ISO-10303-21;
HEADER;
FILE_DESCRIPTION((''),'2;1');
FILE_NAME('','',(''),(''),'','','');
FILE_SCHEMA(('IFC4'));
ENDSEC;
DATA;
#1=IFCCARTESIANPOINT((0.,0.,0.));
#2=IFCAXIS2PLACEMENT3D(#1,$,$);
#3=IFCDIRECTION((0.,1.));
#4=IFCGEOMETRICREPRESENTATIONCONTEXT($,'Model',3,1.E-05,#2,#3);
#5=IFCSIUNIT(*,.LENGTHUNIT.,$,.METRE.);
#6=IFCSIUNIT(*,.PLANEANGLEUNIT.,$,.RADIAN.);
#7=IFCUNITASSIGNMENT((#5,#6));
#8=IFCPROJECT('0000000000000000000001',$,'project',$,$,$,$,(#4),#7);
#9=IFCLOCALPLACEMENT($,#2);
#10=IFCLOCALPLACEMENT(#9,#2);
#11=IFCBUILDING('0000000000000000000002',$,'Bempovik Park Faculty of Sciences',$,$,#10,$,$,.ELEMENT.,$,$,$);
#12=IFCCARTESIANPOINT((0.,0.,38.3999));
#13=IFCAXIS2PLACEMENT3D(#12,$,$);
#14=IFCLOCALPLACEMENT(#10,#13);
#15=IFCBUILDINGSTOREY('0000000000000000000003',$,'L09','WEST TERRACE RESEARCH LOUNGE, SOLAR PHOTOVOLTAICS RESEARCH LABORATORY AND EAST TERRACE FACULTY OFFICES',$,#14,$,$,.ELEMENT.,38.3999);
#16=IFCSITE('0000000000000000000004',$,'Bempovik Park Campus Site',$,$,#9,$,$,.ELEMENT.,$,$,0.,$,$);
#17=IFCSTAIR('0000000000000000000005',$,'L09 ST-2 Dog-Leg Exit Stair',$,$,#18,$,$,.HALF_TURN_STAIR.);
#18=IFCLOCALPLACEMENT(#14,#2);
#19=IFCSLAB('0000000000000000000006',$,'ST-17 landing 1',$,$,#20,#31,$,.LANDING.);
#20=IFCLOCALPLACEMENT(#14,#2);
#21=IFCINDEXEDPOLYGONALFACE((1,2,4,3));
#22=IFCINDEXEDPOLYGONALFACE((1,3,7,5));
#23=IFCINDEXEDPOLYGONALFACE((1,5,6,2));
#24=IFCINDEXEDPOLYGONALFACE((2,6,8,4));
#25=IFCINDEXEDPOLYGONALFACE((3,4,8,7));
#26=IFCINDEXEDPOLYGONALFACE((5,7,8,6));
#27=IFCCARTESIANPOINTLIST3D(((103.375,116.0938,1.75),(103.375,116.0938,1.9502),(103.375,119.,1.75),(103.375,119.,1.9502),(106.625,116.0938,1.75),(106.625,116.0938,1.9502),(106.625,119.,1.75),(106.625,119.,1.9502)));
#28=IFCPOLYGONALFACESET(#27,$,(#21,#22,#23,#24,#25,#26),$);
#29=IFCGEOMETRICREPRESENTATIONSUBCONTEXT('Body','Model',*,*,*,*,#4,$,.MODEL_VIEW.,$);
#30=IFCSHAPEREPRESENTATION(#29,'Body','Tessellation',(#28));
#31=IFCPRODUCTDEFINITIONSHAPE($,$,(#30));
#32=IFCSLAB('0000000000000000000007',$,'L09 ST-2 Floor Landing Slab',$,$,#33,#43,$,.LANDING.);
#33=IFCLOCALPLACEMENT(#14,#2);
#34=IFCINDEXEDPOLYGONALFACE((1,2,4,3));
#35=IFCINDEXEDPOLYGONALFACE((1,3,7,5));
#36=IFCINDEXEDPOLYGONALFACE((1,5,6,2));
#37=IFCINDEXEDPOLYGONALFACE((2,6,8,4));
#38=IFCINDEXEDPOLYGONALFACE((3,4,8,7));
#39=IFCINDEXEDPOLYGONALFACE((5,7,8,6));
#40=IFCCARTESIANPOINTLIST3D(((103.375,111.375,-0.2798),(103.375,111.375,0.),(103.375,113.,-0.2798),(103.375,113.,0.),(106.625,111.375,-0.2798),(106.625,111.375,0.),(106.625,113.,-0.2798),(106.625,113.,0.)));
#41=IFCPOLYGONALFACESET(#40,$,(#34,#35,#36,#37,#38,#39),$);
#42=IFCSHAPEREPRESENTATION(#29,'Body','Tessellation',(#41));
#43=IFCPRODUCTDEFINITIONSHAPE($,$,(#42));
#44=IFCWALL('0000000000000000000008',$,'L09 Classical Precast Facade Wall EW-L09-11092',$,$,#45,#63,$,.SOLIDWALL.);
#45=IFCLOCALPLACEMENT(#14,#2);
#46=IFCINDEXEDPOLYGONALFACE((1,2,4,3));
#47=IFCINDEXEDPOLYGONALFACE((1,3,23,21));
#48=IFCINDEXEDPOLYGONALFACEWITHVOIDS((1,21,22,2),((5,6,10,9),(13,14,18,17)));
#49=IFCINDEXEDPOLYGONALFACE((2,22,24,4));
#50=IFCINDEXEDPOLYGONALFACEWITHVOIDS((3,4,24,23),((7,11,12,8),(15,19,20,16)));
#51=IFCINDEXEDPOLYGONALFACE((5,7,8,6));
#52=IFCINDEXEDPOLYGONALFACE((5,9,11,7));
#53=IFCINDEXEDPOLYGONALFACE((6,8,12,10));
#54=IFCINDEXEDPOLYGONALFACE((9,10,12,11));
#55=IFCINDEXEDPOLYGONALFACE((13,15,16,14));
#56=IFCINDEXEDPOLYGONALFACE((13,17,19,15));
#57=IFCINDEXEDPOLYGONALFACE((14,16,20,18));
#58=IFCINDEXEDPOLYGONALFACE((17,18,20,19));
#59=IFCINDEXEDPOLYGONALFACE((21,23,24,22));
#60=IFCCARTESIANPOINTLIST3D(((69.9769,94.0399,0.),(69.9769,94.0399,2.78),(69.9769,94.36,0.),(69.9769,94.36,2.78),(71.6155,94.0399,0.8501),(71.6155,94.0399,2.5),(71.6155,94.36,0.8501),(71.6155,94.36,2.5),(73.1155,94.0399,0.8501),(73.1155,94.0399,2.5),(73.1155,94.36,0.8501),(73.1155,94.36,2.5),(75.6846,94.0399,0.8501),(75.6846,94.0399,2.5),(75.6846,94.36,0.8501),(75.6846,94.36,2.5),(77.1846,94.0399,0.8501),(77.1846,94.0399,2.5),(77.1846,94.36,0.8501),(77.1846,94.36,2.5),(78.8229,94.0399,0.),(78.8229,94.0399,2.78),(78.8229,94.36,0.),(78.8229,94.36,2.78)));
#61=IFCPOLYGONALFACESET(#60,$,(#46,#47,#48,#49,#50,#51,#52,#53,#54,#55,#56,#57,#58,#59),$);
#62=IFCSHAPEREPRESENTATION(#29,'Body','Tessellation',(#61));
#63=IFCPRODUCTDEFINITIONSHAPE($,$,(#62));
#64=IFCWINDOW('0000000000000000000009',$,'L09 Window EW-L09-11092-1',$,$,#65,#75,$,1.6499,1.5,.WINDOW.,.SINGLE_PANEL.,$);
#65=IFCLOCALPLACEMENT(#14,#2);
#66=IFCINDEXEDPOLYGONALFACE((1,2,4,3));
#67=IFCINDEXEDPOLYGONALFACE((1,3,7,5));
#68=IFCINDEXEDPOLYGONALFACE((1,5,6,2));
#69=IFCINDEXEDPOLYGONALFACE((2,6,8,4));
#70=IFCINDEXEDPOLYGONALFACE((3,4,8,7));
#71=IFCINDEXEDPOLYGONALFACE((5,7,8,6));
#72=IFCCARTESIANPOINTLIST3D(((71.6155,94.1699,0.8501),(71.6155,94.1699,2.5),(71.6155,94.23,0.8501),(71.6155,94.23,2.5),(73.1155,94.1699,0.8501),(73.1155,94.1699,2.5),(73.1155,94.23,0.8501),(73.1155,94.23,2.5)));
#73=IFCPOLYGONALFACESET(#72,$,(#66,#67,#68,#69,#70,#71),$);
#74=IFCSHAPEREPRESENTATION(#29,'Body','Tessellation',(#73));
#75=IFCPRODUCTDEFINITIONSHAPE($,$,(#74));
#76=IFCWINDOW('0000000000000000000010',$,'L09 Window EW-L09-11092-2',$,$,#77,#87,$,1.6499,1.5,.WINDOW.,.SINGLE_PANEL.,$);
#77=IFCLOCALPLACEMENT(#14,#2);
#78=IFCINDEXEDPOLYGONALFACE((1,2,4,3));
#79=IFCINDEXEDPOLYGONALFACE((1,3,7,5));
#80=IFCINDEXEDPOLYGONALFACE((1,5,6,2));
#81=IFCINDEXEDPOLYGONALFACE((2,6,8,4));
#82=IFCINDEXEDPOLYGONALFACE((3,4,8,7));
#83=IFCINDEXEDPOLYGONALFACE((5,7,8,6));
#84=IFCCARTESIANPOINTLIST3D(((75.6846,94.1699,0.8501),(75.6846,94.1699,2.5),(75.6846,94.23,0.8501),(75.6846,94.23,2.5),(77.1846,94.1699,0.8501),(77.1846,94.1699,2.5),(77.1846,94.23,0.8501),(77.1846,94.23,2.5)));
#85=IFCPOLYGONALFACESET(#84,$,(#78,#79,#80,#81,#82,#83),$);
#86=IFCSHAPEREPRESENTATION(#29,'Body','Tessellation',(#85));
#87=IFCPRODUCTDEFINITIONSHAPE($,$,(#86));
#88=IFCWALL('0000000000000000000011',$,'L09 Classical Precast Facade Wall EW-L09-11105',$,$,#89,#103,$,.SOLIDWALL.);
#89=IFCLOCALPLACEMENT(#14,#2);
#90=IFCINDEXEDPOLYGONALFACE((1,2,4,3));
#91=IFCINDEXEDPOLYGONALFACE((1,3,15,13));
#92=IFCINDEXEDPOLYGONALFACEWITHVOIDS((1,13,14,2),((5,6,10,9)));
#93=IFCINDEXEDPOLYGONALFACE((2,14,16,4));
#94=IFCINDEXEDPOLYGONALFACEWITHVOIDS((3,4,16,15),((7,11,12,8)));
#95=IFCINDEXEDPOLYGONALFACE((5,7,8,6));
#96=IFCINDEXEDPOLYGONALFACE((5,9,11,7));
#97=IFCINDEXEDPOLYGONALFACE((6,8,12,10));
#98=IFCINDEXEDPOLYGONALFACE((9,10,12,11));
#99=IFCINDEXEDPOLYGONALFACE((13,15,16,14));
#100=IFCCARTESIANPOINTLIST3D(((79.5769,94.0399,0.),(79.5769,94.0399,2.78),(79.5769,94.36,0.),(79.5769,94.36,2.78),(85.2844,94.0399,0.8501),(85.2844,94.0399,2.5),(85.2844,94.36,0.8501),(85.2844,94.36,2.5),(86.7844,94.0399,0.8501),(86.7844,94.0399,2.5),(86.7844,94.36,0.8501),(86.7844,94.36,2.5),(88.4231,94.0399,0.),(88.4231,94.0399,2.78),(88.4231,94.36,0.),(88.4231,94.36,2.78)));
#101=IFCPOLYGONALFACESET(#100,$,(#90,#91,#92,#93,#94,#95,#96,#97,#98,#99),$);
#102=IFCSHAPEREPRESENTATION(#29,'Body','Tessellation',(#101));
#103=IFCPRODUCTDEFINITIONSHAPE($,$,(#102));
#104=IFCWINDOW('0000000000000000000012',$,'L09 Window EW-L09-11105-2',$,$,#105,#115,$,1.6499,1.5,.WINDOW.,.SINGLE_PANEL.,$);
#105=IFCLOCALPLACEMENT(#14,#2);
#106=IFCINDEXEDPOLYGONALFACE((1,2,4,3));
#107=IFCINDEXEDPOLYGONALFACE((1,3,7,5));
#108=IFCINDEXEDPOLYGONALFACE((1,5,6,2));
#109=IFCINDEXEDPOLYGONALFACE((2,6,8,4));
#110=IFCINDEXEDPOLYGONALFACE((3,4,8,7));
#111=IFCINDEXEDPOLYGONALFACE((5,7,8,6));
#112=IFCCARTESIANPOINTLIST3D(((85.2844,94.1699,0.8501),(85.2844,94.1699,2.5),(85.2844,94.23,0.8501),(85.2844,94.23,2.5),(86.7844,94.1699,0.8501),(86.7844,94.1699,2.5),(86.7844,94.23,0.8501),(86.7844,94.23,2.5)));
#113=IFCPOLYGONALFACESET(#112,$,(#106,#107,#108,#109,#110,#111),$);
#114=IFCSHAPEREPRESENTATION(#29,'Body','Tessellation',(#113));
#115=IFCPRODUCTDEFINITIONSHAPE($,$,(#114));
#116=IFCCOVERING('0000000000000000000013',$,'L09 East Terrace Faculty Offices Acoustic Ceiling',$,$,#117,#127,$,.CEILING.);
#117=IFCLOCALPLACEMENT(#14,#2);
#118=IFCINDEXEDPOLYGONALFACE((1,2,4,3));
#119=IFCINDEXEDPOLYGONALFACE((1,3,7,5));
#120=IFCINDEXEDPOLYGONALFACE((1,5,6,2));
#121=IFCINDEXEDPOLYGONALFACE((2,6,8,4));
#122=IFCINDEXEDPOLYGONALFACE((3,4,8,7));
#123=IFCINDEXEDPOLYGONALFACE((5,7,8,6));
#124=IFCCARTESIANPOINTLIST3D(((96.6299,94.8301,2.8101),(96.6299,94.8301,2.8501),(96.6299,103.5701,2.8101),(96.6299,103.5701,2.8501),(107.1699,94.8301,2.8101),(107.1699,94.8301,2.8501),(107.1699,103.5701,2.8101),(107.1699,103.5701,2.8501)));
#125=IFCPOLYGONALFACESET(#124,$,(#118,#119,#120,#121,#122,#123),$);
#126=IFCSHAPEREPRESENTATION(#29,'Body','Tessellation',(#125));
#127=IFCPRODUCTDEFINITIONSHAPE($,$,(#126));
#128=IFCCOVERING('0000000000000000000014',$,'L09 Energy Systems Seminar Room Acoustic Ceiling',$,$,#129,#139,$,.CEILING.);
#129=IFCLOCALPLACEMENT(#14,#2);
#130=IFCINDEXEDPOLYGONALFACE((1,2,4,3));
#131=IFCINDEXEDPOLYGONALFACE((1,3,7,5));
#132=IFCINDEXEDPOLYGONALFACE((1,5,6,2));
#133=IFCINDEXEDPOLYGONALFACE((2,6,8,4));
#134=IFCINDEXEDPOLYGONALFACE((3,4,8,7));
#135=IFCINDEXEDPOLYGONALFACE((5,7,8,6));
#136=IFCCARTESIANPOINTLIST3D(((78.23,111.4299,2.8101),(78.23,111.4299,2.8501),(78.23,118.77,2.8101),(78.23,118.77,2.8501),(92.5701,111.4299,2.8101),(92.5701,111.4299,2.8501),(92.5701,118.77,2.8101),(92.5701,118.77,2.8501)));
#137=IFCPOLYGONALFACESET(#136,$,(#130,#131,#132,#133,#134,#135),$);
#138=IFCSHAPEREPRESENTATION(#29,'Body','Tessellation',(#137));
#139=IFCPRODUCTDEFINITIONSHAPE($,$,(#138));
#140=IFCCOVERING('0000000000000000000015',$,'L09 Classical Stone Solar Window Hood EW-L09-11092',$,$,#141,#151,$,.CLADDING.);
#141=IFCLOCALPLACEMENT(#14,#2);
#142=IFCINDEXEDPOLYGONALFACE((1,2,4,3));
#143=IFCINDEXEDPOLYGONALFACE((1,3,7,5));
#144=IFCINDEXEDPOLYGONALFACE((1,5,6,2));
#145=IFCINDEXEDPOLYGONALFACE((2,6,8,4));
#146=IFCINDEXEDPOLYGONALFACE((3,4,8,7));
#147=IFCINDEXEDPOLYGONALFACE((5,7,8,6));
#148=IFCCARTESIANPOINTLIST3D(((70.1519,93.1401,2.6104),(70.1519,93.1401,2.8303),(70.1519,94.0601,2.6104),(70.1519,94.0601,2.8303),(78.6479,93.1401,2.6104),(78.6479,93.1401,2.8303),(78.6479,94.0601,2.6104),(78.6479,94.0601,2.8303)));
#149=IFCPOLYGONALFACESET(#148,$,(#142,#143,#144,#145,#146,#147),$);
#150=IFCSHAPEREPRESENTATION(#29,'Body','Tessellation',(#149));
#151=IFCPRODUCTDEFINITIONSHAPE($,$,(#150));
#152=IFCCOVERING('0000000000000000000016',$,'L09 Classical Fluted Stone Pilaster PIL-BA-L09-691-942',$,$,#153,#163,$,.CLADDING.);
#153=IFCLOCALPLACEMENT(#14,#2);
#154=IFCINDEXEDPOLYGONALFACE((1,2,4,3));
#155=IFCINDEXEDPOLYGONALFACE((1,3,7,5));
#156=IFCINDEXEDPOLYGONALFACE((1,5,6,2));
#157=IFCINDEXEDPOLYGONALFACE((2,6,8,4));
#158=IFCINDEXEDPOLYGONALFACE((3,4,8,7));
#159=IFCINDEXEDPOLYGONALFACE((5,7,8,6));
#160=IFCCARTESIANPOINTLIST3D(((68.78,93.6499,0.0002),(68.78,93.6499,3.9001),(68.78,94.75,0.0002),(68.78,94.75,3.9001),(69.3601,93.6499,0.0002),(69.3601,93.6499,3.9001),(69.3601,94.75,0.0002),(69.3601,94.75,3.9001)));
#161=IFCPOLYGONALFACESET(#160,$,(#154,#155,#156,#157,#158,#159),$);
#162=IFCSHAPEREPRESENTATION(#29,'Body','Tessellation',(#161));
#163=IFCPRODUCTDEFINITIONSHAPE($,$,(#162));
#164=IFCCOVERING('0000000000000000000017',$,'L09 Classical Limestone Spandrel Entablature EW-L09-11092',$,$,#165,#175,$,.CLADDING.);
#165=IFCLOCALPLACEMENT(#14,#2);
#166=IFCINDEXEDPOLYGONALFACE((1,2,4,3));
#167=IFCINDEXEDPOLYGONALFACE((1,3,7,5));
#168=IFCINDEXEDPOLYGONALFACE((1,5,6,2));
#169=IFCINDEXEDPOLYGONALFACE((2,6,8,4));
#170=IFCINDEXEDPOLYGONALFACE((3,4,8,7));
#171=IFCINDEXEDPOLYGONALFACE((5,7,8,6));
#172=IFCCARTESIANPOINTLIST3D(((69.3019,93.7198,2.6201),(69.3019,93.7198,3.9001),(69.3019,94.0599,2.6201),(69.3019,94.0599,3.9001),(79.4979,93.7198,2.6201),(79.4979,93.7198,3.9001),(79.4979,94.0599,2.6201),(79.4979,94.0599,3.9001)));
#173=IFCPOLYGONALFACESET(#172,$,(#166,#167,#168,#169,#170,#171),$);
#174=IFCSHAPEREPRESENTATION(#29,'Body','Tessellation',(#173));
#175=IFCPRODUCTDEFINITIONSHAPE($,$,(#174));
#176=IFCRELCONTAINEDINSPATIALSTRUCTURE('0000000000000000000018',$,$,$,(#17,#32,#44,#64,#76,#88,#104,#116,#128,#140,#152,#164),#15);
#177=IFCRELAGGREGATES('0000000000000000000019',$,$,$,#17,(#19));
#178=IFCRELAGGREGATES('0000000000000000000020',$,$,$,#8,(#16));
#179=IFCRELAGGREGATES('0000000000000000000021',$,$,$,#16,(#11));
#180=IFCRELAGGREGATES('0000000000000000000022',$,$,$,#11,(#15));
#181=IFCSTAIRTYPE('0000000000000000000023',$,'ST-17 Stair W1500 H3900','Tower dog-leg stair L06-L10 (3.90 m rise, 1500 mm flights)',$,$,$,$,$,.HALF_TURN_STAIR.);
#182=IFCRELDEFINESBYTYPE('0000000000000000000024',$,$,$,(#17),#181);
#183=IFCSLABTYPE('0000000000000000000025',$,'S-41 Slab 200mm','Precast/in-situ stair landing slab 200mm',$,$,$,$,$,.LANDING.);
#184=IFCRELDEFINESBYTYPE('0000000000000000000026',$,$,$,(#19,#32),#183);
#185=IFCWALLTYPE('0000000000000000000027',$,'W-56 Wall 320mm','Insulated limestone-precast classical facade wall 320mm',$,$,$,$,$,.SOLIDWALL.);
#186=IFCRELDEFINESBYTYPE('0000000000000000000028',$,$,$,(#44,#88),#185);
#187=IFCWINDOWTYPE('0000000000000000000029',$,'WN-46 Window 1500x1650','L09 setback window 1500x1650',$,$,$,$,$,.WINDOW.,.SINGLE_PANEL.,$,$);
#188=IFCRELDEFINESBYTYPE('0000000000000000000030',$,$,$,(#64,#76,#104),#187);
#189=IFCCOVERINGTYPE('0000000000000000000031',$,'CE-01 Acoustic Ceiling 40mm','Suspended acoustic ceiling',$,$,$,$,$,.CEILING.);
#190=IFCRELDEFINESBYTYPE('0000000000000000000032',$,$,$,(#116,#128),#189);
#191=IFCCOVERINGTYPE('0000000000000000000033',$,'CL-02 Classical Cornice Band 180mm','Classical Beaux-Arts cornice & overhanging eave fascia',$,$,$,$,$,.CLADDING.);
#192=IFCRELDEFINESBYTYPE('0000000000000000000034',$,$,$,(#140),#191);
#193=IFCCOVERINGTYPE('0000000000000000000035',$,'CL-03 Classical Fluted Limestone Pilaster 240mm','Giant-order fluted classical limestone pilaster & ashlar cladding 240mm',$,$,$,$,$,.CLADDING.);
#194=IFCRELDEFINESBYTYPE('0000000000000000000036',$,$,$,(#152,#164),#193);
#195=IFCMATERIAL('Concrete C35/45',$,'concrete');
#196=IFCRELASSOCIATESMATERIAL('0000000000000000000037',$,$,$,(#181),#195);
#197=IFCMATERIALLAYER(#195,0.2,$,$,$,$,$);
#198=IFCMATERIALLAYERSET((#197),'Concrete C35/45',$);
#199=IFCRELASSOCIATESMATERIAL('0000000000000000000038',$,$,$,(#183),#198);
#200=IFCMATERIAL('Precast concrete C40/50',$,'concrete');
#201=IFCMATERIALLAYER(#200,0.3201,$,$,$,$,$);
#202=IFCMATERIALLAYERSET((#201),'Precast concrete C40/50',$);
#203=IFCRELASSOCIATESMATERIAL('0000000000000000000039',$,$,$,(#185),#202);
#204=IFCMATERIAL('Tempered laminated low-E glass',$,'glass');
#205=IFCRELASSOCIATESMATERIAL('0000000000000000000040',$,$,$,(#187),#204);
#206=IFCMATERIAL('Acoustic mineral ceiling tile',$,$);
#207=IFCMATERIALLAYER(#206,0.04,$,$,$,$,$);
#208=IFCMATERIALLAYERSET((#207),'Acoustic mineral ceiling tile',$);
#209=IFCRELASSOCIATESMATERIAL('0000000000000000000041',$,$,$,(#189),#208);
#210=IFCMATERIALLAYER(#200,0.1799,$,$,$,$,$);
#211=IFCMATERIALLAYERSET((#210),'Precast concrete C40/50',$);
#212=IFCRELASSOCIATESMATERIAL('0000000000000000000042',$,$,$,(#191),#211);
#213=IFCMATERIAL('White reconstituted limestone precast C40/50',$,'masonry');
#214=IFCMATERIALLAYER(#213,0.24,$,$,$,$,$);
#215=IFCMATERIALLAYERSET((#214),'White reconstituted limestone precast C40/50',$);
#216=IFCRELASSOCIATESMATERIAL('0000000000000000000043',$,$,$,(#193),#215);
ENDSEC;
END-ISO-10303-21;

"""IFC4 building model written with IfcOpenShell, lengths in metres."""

from ifc_helpers import new_model, si_unit, direction, frame, frame_2d, origin, origin_2d, place, context, subcontext, project, spatial, polyline, rectangle, outline, extrude, material, layer, layer_set, type_object, element, fill, aggregate, save


model = new_model("IFC4")

# Units and contexts
model_context = context("Model", 3, precision=1e-05, world=origin(), true_north=direction((0.0, 1.0)))
body_context = subcontext(model_context, "Body", "Model", "MODEL_VIEW")
ifc_project = project(units=[si_unit("LENGTHUNIT", "METRE"), si_unit("PLANEANGLEUNIT", "RADIAN")], contexts=[model_context])

# Site, building, storey
site_placement = place(None, origin())
site = spatial("IfcSite", under=ifc_project, at=site_placement, Name="Bempovik Park Campus Site", CompositionType="ELEMENT", RefElevation=0.0)
building_placement = place(site_placement, origin())
building = spatial("IfcBuilding", under=site, at=building_placement, Name="Bempovik Park Faculty of Sciences", CompositionType="ELEMENT")
storey_placement = place(building_placement, frame((0.0, 0.0, 38.3999)))
storey = spatial("IfcBuildingStorey", under=building, at=storey_placement, Name="L09", Description="WEST TERRACE RESEARCH LOUNGE, SOLAR PHOTOVOLTAICS RESEARCH LABORATORY AND EAST TERRACE FACULTY OFFICES", CompositionType="ELEMENT", Elevation=38.3999)

# Shared definitions
ifc_material_1 = material(Name="Concrete C35/45", Category="concrete")

# Shared definitions
stair_type = type_object("IfcStairType", Name="ST-17 Stair W1500 H3900", Description="Tower dog-leg stair L06-L10 (3.90 m rise, 1500 mm flights)", PredefinedType="HALF_TURN_STAIR", material=ifc_material_1)
ifc_layer_1 = layer(ifc_material_1, 0.2)
ifc_layer_set_1 = layer_set([ifc_layer_1], Name="Concrete C35/45")
slab_type_1 = type_object("IfcSlabType", Name="S-41 Slab 200mm", Description="Precast/in-situ stair landing slab 200mm", PredefinedType="LANDING", material=ifc_layer_set_1)

# Stair, slab
stair_1_placement = place(storey_placement, origin())
stair_1 = element("IfcStair", 1, at=stair_1_placement, inside=storey, type_object=stair_type, Name="L09 ST-2 Dog-Leg Exit Stair", PredefinedType="HALF_TURN_STAIR")
slab_1_placement = place(storey_placement, frame((0.0, 0.0, 1.75)))
slab_1 = element("IfcSlab", 2, at=slab_1_placement, type_object=slab_type_1, Name="ST-17 landing 1", PredefinedType="LANDING", context=body_context, shape_type="SweptSolid", body=[
    extrude(outline(polyline([(106.625, 116.0938), (106.625, 119.0), (103.375, 119.0), (103.375, 116.0938), (106.625, 116.0938)])), origin(), (0.0, 0.0, 1.0), 0.2002),
])
aggregate(stair_1, [slab_1])

# Slab
slab_2_placement = place(storey_placement, frame((0.0, 0.0, -0.2798)))
element("IfcSlab", 3, at=slab_2_placement, inside=storey, type_object=slab_type_1, Name="L09 ST-2 Floor Landing Slab", PredefinedType="LANDING", context=body_context, shape_type="SweptSolid", body=[
    extrude(outline(polyline([(106.625, 111.375), (106.625, 113.0), (103.375, 113.0), (103.375, 111.375), (106.625, 111.375)])), origin(), (0.0, 0.0, 1.0), 0.2798),
])

# Wall, openings, windows
ifc_material_2 = material(Name="Precast concrete C40/50", Category="concrete")
ifc_layer_2 = layer(ifc_material_2, 0.3201)
ifc_layer_set_2 = layer_set([ifc_layer_2], Name="Precast concrete C40/50")
wall_type = type_object("IfcWallType", Name="W-56 Wall 320mm", Description="Insulated limestone-precast classical facade wall 320mm", PredefinedType="SOLIDWALL", material=ifc_layer_set_2)
wall_1_placement = place(storey_placement, frame((69.9771, 94.2, 0.0), z_axis=(0.0, 0.0, 1.0), x_axis=(1.0, 0.0, 0.0)))
wall_1 = element("IfcWall", 4, at=wall_1_placement, inside=storey, type_object=wall_type, Name="L09 Classical Precast Facade Wall EW-L09-11092", PredefinedType="SOLIDWALL", context=body_context, shape_type="SweptSolid", body=[
    extrude(rectangle(XDim=8.8459, YDim=0.3201, at=frame_2d((4.4229, 0.0))), origin(), (0.0, 0.0, 1.0), 2.78),
])
opening_1_placement = place(wall_1_placement, frame((1.6384, 0.0, 0.8501)))
opening_1 = element("IfcOpeningElement", 5, at=opening_1_placement, cuts=wall_1, PredefinedType="OPENING", context=body_context, shape_type="SweptSolid", body=[
    extrude(rectangle(XDim=1.5, YDim=1.6499, at=frame_2d((0.75, 0.825))), frame((0.0, 0.1699, 0.0), z_axis=(0.0, -1.0, 0.0), x_axis=(1.0, 0.0, 0.0)), (0.0, 0.0, 1.0), 0.3401),
])
opening_2_placement = place(wall_1_placement, frame((5.7075, 0.0, 0.8501)))
opening_2 = element("IfcOpeningElement", 6, at=opening_2_placement, cuts=wall_1, PredefinedType="OPENING", context=body_context, shape_type="SweptSolid", body=[
    extrude(rectangle(XDim=1.5, YDim=1.6499, at=frame_2d((0.75, 0.825))), frame((0.0, 0.1699, 0.0), z_axis=(0.0, -1.0, 0.0), x_axis=(1.0, 0.0, 0.0)), (0.0, 0.0, 1.0), 0.3401),
])
ifc_material_3 = material(Name="Tempered laminated low-E glass", Category="glass")
window_type = type_object("IfcWindowType", Name="WN-46 Window 1500x1650", Description="L09 setback window 1500x1650", PartitioningType="SINGLE_PANEL", PredefinedType="WINDOW", material=ifc_material_3)
window_1_placement = place(opening_1_placement, origin())
window_1 = element("IfcWindow", 7, at=window_1_placement, inside=storey, type_object=window_type, Name="L09 Window EW-L09-11092-1", OverallHeight=1.6499, OverallWidth=1.5, PartitioningType="SINGLE_PANEL", PredefinedType="WINDOW", context=body_context, shape_type="SweptSolid", body=[
    extrude(rectangle(XDim=1.5, YDim=1.6499, at=frame_2d((0.75, 0.825))), frame((0.0, 0.03, 0.0), z_axis=(0.0, -1.0, 0.0), x_axis=(1.0, 0.0, 0.0)), (0.0, 0.0, 1.0), 0.0601),
])
fill(opening_1, window_1)
window_2_placement = place(opening_2_placement, origin())
window_2 = element("IfcWindow", 8, at=window_2_placement, inside=storey, type_object=window_type, Name="L09 Window EW-L09-11092-2", OverallHeight=1.6499, OverallWidth=1.5, PartitioningType="SINGLE_PANEL", PredefinedType="WINDOW", context=body_context, shape_type="SweptSolid", body=[
    extrude(rectangle(XDim=1.5, YDim=1.6499, at=frame_2d((0.75, 0.825))), frame((0.0, 0.03, 0.0), z_axis=(0.0, -1.0, 0.0), x_axis=(1.0, 0.0, 0.0)), (0.0, 0.0, 1.0), 0.0601),
])
fill(opening_2, window_2)

# Wall, opening, window
wall_2_placement = place(storey_placement, frame((79.5769, 94.2, 0.0), z_axis=(0.0, 0.0, 1.0), x_axis=(1.0, 0.0, 0.0)))
wall_2 = element("IfcWall", 9, at=wall_2_placement, inside=storey, type_object=wall_type, Name="L09 Classical Precast Facade Wall EW-L09-11105", PredefinedType="SOLIDWALL", context=body_context, shape_type="SweptSolid", body=[
    extrude(rectangle(XDim=8.8462, YDim=0.3201, at=frame_2d((4.4231, 0.0))), origin(), (0.0, 0.0, 1.0), 2.78),
])
opening_3_placement = place(wall_2_placement, frame((5.7075, 0.0, 0.8501)))
opening_3 = element("IfcOpeningElement", 10, at=opening_3_placement, cuts=wall_2, PredefinedType="OPENING", context=body_context, shape_type="SweptSolid", body=[
    extrude(rectangle(XDim=1.5, YDim=1.6499, at=frame_2d((0.75, 0.825))), frame((0.0, 0.1699, 0.0), z_axis=(0.0, -1.0, 0.0), x_axis=(1.0, 0.0, 0.0)), (0.0, 0.0, 1.0), 0.3401),
])
window_3_placement = place(opening_3_placement, origin())
window_3 = element("IfcWindow", 11, at=window_3_placement, inside=storey, type_object=window_type, Name="L09 Window EW-L09-11105-2", OverallHeight=1.6499, OverallWidth=1.5, PartitioningType="SINGLE_PANEL", PredefinedType="WINDOW", context=body_context, shape_type="SweptSolid", body=[
    extrude(rectangle(XDim=1.5, YDim=1.6499, at=frame_2d((0.75, 0.825))), frame((0.0, 0.03, 0.0), z_axis=(0.0, -1.0, 0.0), x_axis=(1.0, 0.0, 0.0)), (0.0, 0.0, 1.0), 0.0601),
])
fill(opening_3, window_3)

# Coverings
ifc_material_4 = material(Name="Acoustic mineral ceiling tile")
ifc_layer_3 = layer(ifc_material_4, 0.04)
ifc_layer_set_3 = layer_set([ifc_layer_3], Name="Acoustic mineral ceiling tile")
covering_type_1 = type_object("IfcCoveringType", Name="CE-01 Acoustic Ceiling 40mm", Description="Suspended acoustic ceiling", PredefinedType="CEILING", material=ifc_layer_set_3)
covering_1_placement = place(storey_placement, frame((0.0, 0.0, 2.8101)))
element("IfcCovering", 12, at=covering_1_placement, inside=storey, type_object=covering_type_1, Name="L09 East Terrace Faculty Offices Acoustic Ceiling", PredefinedType="CEILING", context=body_context, shape_type="SweptSolid", body=[
    extrude(outline(polyline([(96.6299, 94.8301), (107.1699, 94.8301), (107.1699, 103.5701), (96.6299, 103.5701), (96.6299, 94.8301)])), origin(), (0.0, 0.0, 1.0), 0.04),
])
covering_2_placement = place(storey_placement, frame((0.0, 0.0, 2.8101)))
element("IfcCovering", 13, at=covering_2_placement, inside=storey, type_object=covering_type_1, Name="L09 Energy Systems Seminar Room Acoustic Ceiling", PredefinedType="CEILING", context=body_context, shape_type="SweptSolid", body=[
    extrude(outline(polyline([(78.23, 111.4299), (92.5701, 111.4299), (92.5701, 118.77), (78.23, 118.77), (78.23, 111.4299)])), origin(), (0.0, 0.0, 1.0), 0.04),
])
ifc_layer_4 = layer(ifc_material_2, 0.1799)
ifc_layer_set_4 = layer_set([ifc_layer_4], Name="Precast concrete C40/50")
covering_type_2 = type_object("IfcCoveringType", Name="CL-02 Classical Cornice Band 180mm", Description="Classical Beaux-Arts cornice & overhanging eave fascia", PredefinedType="CLADDING", material=ifc_layer_set_4)
covering_3_placement = place(storey_placement, frame((74.3999, 93.6001, 2.6104), z_axis=(0.0, 0.0, 1.0), x_axis=(1.0, 0.0, 0.0)))
element("IfcCovering", 14, at=covering_3_placement, inside=storey, type_object=covering_type_2, Name="L09 Classical Stone Solar Window Hood EW-L09-11092", PredefinedType="CLADDING", context=body_context, shape_type="SweptSolid", body=[
    extrude(rectangle(XDim=8.4961, YDim=0.9199, at=origin_2d()), origin(), (0.0, 0.0, 1.0), 0.22),
])
ifc_material_5 = material(Name="White reconstituted limestone precast C40/50", Category="masonry")
ifc_layer_5 = layer(ifc_material_5, 0.24)
ifc_layer_set_5 = layer_set([ifc_layer_5], Name="White reconstituted limestone precast C40/50")
covering_type_3 = type_object("IfcCoveringType", Name="CL-03 Classical Fluted Limestone Pilaster 240mm", Description="Giant-order fluted classical limestone pilaster & ashlar cladding 240mm", PredefinedType="CLADDING", material=ifc_layer_set_5)
covering_4_placement = place(storey_placement, frame((69.0701, 94.2, 0.0002), z_axis=(0.0, 0.0, 1.0), x_axis=(1.0, 0.0, 0.0)))
element("IfcCovering", 15, at=covering_4_placement, inside=storey, type_object=covering_type_3, Name="L09 Classical Fluted Stone Pilaster PIL-BA-L09-691-942", PredefinedType="CLADDING", context=body_context, shape_type="SweptSolid", body=[
    extrude(rectangle(XDim=0.5801, YDim=1.1001, at=origin_2d()), origin(), (0.0, 0.0, 1.0), 3.8999),
])
covering_5_placement = place(storey_placement, frame((74.3999, 93.8899, 2.6201), z_axis=(0.0, 0.0, 1.0), x_axis=(1.0, 0.0, 0.0)))
element("IfcCovering", 16, at=covering_5_placement, inside=storey, type_object=covering_type_3, Name="L09 Classical Limestone Spandrel Entablature EW-L09-11092", PredefinedType="CLADDING", context=body_context, shape_type="SweptSolid", body=[
    extrude(rectangle(XDim=10.196, YDim=0.3401, at=origin_2d()), origin(), (0.0, 0.0, 1.0), 1.28),
])

save(model, "model.ifc")
